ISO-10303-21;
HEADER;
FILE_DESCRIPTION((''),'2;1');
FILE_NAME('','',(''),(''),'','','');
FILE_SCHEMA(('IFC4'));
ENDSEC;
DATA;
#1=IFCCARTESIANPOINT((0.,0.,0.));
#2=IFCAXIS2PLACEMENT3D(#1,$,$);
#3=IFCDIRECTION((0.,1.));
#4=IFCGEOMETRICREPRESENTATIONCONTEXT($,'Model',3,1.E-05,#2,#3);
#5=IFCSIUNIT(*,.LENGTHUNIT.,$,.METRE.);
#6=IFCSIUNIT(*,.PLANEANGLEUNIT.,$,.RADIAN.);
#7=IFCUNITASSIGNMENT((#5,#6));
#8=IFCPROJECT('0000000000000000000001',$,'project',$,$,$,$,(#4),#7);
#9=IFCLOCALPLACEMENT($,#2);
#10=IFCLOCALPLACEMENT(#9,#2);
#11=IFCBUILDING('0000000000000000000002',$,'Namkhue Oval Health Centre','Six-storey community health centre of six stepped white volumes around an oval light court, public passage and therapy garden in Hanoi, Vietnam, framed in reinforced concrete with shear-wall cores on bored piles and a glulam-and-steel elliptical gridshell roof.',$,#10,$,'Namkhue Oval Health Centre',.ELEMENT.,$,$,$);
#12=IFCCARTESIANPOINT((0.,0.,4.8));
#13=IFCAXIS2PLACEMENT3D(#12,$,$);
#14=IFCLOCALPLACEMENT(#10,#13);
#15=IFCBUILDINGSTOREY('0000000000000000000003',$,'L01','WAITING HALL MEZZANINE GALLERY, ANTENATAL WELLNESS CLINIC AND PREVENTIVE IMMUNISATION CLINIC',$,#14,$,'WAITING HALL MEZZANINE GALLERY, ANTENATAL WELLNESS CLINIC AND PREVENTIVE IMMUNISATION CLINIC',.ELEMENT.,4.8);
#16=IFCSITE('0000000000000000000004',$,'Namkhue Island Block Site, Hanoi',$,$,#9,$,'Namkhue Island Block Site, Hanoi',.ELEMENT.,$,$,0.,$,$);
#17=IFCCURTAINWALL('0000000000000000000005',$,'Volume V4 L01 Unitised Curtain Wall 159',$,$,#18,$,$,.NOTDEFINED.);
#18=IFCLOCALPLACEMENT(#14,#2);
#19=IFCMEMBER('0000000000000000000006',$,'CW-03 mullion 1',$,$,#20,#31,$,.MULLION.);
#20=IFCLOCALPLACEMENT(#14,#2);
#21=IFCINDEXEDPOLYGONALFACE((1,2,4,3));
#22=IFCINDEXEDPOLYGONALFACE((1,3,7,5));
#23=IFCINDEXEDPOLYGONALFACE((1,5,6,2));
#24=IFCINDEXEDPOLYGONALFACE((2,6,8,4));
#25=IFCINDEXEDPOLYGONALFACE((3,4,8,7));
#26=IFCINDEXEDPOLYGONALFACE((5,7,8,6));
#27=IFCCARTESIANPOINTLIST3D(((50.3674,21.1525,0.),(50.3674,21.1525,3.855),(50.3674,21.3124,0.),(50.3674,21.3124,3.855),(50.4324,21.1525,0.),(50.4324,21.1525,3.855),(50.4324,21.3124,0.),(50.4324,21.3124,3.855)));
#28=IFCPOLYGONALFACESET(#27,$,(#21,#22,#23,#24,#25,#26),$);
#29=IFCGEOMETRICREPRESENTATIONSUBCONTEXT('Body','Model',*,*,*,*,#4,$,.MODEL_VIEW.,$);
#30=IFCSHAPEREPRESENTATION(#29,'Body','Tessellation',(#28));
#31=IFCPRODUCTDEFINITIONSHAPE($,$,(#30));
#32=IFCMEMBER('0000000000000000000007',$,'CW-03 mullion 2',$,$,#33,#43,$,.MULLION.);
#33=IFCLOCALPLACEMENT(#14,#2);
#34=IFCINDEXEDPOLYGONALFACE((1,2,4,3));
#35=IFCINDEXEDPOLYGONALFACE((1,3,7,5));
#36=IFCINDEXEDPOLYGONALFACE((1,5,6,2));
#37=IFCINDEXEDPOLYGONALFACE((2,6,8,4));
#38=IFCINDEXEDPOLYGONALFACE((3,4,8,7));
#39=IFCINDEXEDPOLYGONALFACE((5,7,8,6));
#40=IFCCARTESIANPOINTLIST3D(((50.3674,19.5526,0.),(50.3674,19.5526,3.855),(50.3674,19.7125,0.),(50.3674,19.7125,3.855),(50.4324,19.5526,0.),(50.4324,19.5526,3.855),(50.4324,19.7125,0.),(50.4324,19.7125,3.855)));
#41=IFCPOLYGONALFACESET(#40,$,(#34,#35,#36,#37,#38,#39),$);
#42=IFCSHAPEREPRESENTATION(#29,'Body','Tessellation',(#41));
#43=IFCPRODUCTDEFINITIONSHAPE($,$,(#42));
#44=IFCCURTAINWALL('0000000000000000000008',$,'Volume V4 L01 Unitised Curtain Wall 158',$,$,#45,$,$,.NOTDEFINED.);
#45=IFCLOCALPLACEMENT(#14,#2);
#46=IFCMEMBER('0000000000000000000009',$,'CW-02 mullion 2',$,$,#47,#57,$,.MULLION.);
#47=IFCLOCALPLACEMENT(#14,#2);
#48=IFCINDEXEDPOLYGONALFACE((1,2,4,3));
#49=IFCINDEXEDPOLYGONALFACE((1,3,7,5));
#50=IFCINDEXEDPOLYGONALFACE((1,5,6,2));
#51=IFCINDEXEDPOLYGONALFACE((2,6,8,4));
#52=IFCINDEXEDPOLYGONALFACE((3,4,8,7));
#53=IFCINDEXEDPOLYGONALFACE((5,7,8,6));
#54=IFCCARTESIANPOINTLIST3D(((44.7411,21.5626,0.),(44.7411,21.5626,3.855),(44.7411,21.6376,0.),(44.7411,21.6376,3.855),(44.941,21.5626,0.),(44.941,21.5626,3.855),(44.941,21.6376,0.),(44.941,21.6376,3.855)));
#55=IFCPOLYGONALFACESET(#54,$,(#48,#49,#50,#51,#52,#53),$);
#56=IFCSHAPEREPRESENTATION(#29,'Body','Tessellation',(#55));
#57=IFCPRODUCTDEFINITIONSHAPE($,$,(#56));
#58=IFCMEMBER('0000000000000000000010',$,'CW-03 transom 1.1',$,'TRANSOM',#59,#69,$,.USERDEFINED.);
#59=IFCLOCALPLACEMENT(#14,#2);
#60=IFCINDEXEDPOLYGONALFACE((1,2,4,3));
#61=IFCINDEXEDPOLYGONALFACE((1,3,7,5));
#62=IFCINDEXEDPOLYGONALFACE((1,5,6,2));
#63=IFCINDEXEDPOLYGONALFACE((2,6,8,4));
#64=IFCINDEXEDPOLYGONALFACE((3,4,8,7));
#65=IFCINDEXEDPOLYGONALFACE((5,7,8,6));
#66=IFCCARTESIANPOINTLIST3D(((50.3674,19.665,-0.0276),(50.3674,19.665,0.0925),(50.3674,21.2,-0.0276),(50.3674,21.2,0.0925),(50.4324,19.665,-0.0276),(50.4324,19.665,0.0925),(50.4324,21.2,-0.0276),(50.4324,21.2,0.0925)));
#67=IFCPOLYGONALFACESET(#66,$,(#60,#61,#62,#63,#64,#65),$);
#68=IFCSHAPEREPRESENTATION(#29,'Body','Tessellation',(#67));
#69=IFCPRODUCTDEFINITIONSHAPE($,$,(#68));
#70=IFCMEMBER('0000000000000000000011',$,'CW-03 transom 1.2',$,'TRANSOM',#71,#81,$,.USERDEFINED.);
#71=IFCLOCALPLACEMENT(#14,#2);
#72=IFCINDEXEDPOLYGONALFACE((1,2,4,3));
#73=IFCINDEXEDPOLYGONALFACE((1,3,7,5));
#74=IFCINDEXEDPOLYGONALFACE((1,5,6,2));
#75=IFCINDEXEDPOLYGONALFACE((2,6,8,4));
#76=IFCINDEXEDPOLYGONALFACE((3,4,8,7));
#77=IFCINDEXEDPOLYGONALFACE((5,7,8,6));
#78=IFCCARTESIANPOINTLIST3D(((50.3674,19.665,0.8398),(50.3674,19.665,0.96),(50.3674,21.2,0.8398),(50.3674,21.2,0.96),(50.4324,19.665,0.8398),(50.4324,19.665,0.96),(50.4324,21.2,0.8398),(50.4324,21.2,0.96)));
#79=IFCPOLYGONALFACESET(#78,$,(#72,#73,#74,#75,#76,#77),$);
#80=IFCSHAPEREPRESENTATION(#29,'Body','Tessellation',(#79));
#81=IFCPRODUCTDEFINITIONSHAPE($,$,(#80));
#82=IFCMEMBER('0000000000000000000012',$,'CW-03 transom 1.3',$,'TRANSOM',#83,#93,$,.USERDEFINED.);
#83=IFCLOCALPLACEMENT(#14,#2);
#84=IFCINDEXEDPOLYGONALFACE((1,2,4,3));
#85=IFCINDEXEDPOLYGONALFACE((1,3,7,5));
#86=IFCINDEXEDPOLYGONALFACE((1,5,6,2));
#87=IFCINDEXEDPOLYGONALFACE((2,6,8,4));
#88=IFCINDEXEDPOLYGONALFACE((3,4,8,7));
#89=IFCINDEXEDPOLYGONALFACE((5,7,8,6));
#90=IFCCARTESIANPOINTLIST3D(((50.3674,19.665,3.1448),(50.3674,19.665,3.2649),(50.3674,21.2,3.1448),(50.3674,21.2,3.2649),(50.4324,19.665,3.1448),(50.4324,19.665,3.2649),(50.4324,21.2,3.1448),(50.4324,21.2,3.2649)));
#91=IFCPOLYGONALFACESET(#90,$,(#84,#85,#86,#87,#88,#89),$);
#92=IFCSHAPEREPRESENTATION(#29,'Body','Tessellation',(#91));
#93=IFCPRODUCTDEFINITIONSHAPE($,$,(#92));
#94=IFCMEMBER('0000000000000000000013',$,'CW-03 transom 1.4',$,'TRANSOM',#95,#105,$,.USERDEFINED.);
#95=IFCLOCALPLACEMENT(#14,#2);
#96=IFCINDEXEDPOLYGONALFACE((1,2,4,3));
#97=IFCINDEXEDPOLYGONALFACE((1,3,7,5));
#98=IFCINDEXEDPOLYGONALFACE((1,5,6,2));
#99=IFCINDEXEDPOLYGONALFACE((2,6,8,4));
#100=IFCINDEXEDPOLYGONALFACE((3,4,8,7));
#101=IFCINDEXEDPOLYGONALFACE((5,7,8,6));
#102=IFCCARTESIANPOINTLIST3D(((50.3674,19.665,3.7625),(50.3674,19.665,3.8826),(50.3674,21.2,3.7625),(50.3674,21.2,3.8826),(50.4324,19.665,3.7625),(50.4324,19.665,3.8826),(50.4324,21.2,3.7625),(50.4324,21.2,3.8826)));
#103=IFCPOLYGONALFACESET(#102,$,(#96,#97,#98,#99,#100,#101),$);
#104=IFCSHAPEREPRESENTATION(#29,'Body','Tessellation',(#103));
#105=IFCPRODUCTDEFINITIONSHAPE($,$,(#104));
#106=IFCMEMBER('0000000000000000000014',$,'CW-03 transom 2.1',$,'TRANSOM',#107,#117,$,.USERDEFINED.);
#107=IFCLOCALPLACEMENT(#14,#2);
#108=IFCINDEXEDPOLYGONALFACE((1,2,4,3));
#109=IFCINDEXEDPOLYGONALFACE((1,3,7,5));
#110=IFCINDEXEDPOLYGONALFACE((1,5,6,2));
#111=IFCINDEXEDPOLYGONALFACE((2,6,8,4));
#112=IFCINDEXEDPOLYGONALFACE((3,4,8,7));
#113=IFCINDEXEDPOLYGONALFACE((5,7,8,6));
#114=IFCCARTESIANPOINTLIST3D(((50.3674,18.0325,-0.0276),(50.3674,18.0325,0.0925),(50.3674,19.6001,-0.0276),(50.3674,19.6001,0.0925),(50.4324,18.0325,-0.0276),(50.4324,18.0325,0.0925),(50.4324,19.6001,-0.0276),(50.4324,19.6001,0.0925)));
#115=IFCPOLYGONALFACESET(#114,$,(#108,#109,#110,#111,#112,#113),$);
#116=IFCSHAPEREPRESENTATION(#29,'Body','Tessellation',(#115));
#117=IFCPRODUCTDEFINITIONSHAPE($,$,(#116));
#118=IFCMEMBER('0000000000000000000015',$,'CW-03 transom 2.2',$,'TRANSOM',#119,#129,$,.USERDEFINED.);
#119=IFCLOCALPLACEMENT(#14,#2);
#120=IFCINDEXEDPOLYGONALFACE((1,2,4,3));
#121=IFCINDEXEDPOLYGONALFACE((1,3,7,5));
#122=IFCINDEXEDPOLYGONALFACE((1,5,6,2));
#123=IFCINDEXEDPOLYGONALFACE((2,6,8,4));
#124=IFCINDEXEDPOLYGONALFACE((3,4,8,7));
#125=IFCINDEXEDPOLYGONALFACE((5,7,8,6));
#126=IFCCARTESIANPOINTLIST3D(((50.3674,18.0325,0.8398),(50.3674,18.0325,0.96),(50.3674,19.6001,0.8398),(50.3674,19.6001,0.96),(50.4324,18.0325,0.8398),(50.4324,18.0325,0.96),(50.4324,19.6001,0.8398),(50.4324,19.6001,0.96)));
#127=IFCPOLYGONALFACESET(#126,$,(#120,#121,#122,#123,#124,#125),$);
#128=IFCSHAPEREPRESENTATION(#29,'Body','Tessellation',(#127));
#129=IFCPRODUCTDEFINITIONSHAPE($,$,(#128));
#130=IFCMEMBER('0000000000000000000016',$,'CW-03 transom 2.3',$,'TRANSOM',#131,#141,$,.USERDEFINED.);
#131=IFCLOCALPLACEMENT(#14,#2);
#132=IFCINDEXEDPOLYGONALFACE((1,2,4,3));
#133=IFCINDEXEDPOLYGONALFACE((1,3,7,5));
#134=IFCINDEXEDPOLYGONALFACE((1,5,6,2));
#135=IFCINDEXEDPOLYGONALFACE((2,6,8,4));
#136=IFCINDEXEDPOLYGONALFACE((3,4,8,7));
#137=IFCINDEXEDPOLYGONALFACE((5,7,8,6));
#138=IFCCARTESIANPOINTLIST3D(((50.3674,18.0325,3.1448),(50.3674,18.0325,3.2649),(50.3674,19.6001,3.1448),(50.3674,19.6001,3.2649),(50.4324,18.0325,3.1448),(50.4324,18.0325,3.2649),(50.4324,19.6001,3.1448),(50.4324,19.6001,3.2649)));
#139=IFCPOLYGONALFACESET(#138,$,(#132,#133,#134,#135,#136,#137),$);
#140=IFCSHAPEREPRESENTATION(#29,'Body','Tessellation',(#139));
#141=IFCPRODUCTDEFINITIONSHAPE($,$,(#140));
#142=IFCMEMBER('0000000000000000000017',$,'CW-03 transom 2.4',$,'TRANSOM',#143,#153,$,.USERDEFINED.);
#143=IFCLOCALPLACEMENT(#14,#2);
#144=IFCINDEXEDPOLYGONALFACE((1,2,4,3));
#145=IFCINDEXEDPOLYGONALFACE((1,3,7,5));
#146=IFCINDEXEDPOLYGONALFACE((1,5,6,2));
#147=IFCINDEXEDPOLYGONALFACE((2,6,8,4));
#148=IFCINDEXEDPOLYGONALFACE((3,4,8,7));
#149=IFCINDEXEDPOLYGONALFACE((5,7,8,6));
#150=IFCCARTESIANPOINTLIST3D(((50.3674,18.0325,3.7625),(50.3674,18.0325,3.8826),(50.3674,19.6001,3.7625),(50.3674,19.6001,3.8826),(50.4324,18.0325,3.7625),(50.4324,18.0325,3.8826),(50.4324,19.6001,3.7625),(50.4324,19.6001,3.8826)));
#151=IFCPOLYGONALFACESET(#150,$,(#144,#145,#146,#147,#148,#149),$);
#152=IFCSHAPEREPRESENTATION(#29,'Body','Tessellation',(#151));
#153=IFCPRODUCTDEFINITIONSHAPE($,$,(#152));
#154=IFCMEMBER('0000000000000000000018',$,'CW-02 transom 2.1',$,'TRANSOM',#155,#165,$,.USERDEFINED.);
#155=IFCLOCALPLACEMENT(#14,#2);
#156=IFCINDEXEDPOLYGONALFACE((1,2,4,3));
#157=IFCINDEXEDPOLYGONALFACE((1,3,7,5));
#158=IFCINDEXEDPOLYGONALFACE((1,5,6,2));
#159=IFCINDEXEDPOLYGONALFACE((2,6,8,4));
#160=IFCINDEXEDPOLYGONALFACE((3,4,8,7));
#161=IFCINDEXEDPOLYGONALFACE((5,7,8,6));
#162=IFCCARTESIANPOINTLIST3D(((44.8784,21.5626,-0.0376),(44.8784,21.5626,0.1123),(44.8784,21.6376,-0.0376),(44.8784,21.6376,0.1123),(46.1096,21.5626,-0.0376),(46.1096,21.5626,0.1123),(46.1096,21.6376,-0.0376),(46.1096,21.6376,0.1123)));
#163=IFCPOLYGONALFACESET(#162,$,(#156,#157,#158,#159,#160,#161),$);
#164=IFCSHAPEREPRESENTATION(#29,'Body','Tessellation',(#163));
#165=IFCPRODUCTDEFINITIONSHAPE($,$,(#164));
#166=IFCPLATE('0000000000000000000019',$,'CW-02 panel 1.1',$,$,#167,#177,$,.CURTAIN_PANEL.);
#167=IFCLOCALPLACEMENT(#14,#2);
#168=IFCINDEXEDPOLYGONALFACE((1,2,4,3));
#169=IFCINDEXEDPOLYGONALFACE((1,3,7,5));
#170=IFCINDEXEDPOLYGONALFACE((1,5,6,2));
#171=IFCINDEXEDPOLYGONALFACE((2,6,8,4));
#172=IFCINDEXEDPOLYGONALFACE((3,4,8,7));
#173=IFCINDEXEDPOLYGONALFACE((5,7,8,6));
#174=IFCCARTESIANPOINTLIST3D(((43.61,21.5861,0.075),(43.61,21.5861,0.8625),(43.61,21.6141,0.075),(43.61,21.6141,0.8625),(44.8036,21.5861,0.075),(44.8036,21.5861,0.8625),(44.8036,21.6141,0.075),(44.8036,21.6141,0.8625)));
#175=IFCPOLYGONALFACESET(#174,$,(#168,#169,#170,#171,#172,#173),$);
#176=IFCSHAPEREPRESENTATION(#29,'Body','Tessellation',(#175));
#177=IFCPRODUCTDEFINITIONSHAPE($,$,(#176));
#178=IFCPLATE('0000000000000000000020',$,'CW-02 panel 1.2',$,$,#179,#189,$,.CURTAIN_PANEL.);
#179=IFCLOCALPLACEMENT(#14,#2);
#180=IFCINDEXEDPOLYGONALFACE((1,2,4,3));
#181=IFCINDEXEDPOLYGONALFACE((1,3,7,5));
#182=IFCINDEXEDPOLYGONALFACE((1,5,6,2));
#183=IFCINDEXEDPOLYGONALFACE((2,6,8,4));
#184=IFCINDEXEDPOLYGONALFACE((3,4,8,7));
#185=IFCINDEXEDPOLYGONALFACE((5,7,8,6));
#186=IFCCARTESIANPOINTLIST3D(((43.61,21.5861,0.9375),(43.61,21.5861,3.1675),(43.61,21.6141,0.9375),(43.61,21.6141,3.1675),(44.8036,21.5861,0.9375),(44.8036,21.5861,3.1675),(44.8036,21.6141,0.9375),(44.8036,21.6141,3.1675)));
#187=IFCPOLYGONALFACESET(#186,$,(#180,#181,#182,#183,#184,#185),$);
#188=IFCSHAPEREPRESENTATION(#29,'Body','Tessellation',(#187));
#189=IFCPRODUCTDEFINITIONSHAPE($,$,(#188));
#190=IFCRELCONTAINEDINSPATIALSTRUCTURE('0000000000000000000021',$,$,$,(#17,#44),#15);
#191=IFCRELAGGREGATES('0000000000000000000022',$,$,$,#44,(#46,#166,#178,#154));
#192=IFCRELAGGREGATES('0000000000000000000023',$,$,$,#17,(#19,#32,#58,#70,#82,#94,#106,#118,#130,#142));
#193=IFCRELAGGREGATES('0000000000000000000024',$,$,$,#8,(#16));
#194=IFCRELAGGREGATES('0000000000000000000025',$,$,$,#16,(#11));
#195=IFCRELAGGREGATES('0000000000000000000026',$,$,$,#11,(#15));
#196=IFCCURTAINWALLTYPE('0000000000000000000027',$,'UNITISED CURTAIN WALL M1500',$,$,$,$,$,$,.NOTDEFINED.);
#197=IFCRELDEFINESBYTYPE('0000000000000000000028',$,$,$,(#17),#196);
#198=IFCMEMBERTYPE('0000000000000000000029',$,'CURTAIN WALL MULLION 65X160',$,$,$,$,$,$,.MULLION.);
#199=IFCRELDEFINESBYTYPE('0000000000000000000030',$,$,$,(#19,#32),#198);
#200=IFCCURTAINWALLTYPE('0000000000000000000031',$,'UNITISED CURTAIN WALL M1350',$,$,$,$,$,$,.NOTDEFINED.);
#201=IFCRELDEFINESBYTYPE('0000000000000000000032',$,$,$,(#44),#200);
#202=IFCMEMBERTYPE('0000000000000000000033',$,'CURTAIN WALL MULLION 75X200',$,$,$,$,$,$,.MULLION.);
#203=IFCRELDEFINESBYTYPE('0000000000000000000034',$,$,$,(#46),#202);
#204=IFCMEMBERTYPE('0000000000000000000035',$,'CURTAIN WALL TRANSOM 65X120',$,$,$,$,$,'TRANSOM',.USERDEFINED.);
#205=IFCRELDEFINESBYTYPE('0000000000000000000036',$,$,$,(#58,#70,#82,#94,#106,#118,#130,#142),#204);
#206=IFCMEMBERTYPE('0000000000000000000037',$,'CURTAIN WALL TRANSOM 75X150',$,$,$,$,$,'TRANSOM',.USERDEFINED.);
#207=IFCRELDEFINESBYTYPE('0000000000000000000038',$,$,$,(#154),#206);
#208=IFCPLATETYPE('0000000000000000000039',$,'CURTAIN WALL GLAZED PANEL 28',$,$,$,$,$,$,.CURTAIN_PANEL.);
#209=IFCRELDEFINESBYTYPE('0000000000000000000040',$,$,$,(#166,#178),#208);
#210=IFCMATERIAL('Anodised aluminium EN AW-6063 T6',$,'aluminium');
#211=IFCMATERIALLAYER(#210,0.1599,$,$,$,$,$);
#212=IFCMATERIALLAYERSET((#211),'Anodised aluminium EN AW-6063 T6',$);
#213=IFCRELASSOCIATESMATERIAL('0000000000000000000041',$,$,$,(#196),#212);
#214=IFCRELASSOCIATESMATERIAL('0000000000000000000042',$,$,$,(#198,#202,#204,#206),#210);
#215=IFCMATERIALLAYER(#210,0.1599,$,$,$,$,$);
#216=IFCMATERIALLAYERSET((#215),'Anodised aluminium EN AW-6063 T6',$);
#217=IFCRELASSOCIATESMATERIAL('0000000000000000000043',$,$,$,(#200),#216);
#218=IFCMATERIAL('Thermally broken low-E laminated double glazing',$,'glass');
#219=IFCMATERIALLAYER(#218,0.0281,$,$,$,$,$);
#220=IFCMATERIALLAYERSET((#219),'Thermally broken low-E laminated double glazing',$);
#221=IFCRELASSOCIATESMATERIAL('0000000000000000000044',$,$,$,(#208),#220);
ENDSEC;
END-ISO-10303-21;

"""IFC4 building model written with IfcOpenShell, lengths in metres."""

from ifc_helpers import new_model, si_unit, direction, frame, origin, origin_2d, place, context, subcontext, project, spatial, rectangle, extrude, material, layer, layer_set, material_profile, profile_set, type_object, element, aggregate, save


model = new_model("IFC4")

# Units and contexts
model_context = context("Model", 3, precision=1e-05, world=origin(), true_north=direction((0.0, 1.0)))
body_context = subcontext(model_context, "Body", "Model", "MODEL_VIEW")
ifc_project = project(units=[si_unit("LENGTHUNIT", "METRE"), si_unit("PLANEANGLEUNIT", "RADIAN")], contexts=[model_context])

# Site, building, storey
site_placement = place(None, origin())
site = spatial("IfcSite", under=ifc_project, at=site_placement, Name="Namkhue Island Block Site, Hanoi", LongName="Namkhue Island Block Site, Hanoi", CompositionType="ELEMENT", RefElevation=0.0)
building_placement = place(site_placement, origin())
building = spatial("IfcBuilding", under=site, at=building_placement, Name="Namkhue Oval Health Centre", Description="Six-storey community health centre of six stepped white volumes around an oval light court, public passage and therapy garden in Hanoi, Vietnam, framed in reinforced concrete with shear-wall cores on bored piles and a glulam-and-steel elliptical gridshell roof.", LongName="Namkhue Oval Health Centre", CompositionType="ELEMENT")
storey_placement = place(building_placement, frame((0.0, 0.0, 4.8)))
storey = spatial("IfcBuildingStorey", under=building, at=storey_placement, Name="L01", Description="WAITING HALL MEZZANINE GALLERY, ANTENATAL WELLNESS CLINIC AND PREVENTIVE IMMUNISATION CLINIC", LongName="WAITING HALL MEZZANINE GALLERY, ANTENATAL WELLNESS CLINIC AND PREVENTIVE IMMUNISATION CLINIC", CompositionType="ELEMENT", Elevation=4.8)

# Curtain wall, members
ifc_material_1 = material(Name="Anodised aluminium EN AW-6063 T6", Category="aluminium")
ifc_layer_1 = layer(ifc_material_1, 0.1599)
ifc_layer_set_1 = layer_set([ifc_layer_1], Name="Anodised aluminium EN AW-6063 T6")
curtain_wall_type_1 = type_object("IfcCurtainWallType", Name="UNITISED CURTAIN WALL M1500", PredefinedType="NOTDEFINED", material=ifc_layer_set_1)
curtain_wall_1_placement = place(storey_placement, origin())
curtain_wall_1 = element("IfcCurtainWall", 1, at=curtain_wall_1_placement, inside=storey, type_object=curtain_wall_type_1, Name="Volume V4 L01 Unitised Curtain Wall 159", PredefinedType="NOTDEFINED")
ifc_material_profile_1 = material_profile(ifc_material_1, rectangle(XDim=0.0649, YDim=0.1599, at=origin_2d()), Name="ALU 65x160")
ifc_profile_set_1 = profile_set([ifc_material_profile_1], Name="Anodised aluminium EN AW-6063 T6")
member_type_1 = type_object("IfcMemberType", Name="CURTAIN WALL MULLION 65X160", PredefinedType="MULLION", material=ifc_profile_set_1)
member_1_placement = place(storey_placement, frame((50.3999, 21.2324, 0.0), z_axis=(0.0, 0.0, 1.0), x_axis=(1.0, 0.0, 0.0)))
member_1 = element("IfcMember", 2, at=member_1_placement, type_object=member_type_1, Name="CW-03 mullion 1", PredefinedType="MULLION", context=body_context, shape_type="SweptSolid", body=[
    extrude(rectangle(XDim=0.0649, YDim=0.1599, at=origin_2d()), origin(), (0.0, 0.0, 1.0), 3.855),
])
member_2_placement = place(storey_placement, frame((50.3999, 19.6326, 0.0), z_axis=(0.0, 0.0, 1.0), x_axis=(1.0, 0.0, 0.0)))
member_2 = element("IfcMember", 3, at=member_2_placement, type_object=member_type_1, Name="CW-03 mullion 2", PredefinedType="MULLION", context=body_context, shape_type="SweptSolid", body=[
    extrude(rectangle(XDim=0.0649, YDim=0.1599, at=origin_2d()), origin(), (0.0, 0.0, 1.0), 3.855),
])

# Curtain wall, member
ifc_layer_2 = layer(ifc_material_1, 0.1599)
ifc_layer_set_2 = layer_set([ifc_layer_2], Name="Anodised aluminium EN AW-6063 T6")
curtain_wall_type_2 = type_object("IfcCurtainWallType", Name="UNITISED CURTAIN WALL M1350", PredefinedType="NOTDEFINED", material=ifc_layer_set_2)
curtain_wall_2_placement = place(storey_placement, origin())
curtain_wall_2 = element("IfcCurtainWall", 4, at=curtain_wall_2_placement, inside=storey, type_object=curtain_wall_type_2, Name="Volume V4 L01 Unitised Curtain Wall 158", PredefinedType="NOTDEFINED")
ifc_material_profile_2 = material_profile(ifc_material_1, rectangle(XDim=0.075, YDim=0.2, at=origin_2d()), Name="ALU 75x200")
ifc_profile_set_2 = profile_set([ifc_material_profile_2], Name="Anodised aluminium EN AW-6063 T6")
member_type_2 = type_object("IfcMemberType", Name="CURTAIN WALL MULLION 75X200", PredefinedType="MULLION", material=ifc_profile_set_2)
member_3_placement = place(storey_placement, frame((44.8411, 21.6001, 0.0), z_axis=(0.0, 0.0, 1.0), x_axis=(0.0, 1.0, 0.0)))
member_3 = element("IfcMember", 5, at=member_3_placement, type_object=member_type_2, Name="CW-02 mullion 2", PredefinedType="MULLION", context=body_context, shape_type="SweptSolid", body=[
    extrude(rectangle(XDim=0.075, YDim=0.2, at=origin_2d()), origin(), (0.0, 0.0, 1.0), 3.855),
])

# Members
ifc_material_profile_3 = material_profile(ifc_material_1, rectangle(XDim=0.0649, YDim=0.1201, at=origin_2d()), Name="ALU 65x120")
ifc_profile_set_3 = profile_set([ifc_material_profile_3], Name="Anodised aluminium EN AW-6063 T6")
member_type_3 = type_object("IfcMemberType", Name="CURTAIN WALL TRANSOM 65X120", ElementType="TRANSOM", PredefinedType="USERDEFINED", material=ifc_profile_set_3)
member_4_placement = place(storey_placement, frame((50.3999, 21.2, 0.0325), z_axis=(0.0, -1.0, 0.0), x_axis=(1.0, 0.0, 0.0)))
member_4 = element("IfcMember", 6, at=member_4_placement, type_object=member_type_3, Name="CW-03 transom 1.1", ObjectType="TRANSOM", PredefinedType="USERDEFINED", context=body_context, shape_type="SweptSolid", body=[
    extrude(rectangle(XDim=0.0649, YDim=0.1201, at=origin_2d()), origin(), (0.0, 0.0, 1.0), 1.5349),
])
member_5_placement = place(storey_placement, frame((50.3999, 21.2, 0.8999), z_axis=(0.0, -1.0, 0.0), x_axis=(1.0, 0.0, 0.0)))
member_5 = element("IfcMember", 7, at=member_5_placement, type_object=member_type_3, Name="CW-03 transom 1.2", ObjectType="TRANSOM", PredefinedType="USERDEFINED", context=body_context, shape_type="SweptSolid", body=[
    extrude(rectangle(XDim=0.0649, YDim=0.1201, at=origin_2d()), origin(), (0.0, 0.0, 1.0), 1.5349),
])
member_6_placement = place(storey_placement, frame((50.3999, 21.2, 3.2048), z_axis=(0.0, -1.0, 0.0), x_axis=(1.0, 0.0, 0.0)))
member_6 = element("IfcMember", 8, at=member_6_placement, type_object=member_type_3, Name="CW-03 transom 1.3", ObjectType="TRANSOM", PredefinedType="USERDEFINED", context=body_context, shape_type="SweptSolid", body=[
    extrude(rectangle(XDim=0.0649, YDim=0.1201, at=origin_2d()), origin(), (0.0, 0.0, 1.0), 1.5349),
])
member_7_placement = place(storey_placement, frame((50.3999, 21.2, 3.8225), z_axis=(0.0, -1.0, 0.0), x_axis=(1.0, 0.0, 0.0)))
member_7 = element("IfcMember", 9, at=member_7_placement, type_object=member_type_3, Name="CW-03 transom 1.4", ObjectType="TRANSOM", PredefinedType="USERDEFINED", context=body_context, shape_type="SweptSolid", body=[
    extrude(rectangle(XDim=0.0649, YDim=0.1201, at=origin_2d()), origin(), (0.0, 0.0, 1.0), 1.5349),
])
member_8_placement = place(storey_placement, frame((50.3999, 19.6001, 0.0325), z_axis=(0.0, -1.0, 0.0), x_axis=(1.0, 0.0, 0.0)))
member_8 = element("IfcMember", 10, at=member_8_placement, type_object=member_type_3, Name="CW-03 transom 2.1", ObjectType="TRANSOM", PredefinedType="USERDEFINED", context=body_context, shape_type="SweptSolid", body=[
    extrude(rectangle(XDim=0.0649, YDim=0.1201, at=origin_2d()), origin(), (0.0, 0.0, 1.0), 1.5676),
])
member_9_placement = place(storey_placement, frame((50.3999, 19.6001, 0.8999), z_axis=(0.0, -1.0, 0.0), x_axis=(1.0, 0.0, 0.0)))
member_9 = element("IfcMember", 11, at=member_9_placement, type_object=member_type_3, Name="CW-03 transom 2.2", ObjectType="TRANSOM", PredefinedType="USERDEFINED", context=body_context, shape_type="SweptSolid", body=[
    extrude(rectangle(XDim=0.0649, YDim=0.1201, at=origin_2d()), origin(), (0.0, 0.0, 1.0), 1.5676),
])
member_10_placement = place(storey_placement, frame((50.3999, 19.6001, 3.2048), z_axis=(0.0, -1.0, 0.0), x_axis=(1.0, 0.0, 0.0)))
member_10 = element("IfcMember", 12, at=member_10_placement, type_object=member_type_3, Name="CW-03 transom 2.3", ObjectType="TRANSOM", PredefinedType="USERDEFINED", context=body_context, shape_type="SweptSolid", body=[
    extrude(rectangle(XDim=0.0649, YDim=0.1201, at=origin_2d()), origin(), (0.0, 0.0, 1.0), 1.5676),
])
member_11_placement = place(storey_placement, frame((50.3999, 19.6001, 3.8225), z_axis=(0.0, -1.0, 0.0), x_axis=(1.0, 0.0, 0.0)))
member_11 = element("IfcMember", 13, at=member_11_placement, type_object=member_type_3, Name="CW-03 transom 2.4", ObjectType="TRANSOM", PredefinedType="USERDEFINED", context=body_context, shape_type="SweptSolid", body=[
    extrude(rectangle(XDim=0.0649, YDim=0.1201, at=origin_2d()), origin(), (0.0, 0.0, 1.0), 1.5676),
])
ifc_material_profile_4 = material_profile(ifc_material_1, rectangle(XDim=0.075, YDim=0.1499, at=origin_2d()), Name="ALU 75x150")
ifc_profile_set_4 = profile_set([ifc_material_profile_4], Name="Anodised aluminium EN AW-6063 T6")
member_type_4 = type_object("IfcMemberType", Name="CURTAIN WALL TRANSOM 75X150", ElementType="TRANSOM", PredefinedType="USERDEFINED", material=ifc_profile_set_4)
member_12_placement = place(storey_placement, frame((44.8784, 21.6001, 0.0374), z_axis=(1.0, 0.0, 0.0), x_axis=(0.0, 1.0, 0.0)))
member_12 = element("IfcMember", 14, at=member_12_placement, type_object=member_type_4, Name="CW-02 transom 2.1", ObjectType="TRANSOM", PredefinedType="USERDEFINED", context=body_context, shape_type="SweptSolid", body=[
    extrude(rectangle(XDim=0.075, YDim=0.1499, at=origin_2d()), origin(), (0.0, 0.0, 1.0), 1.2312),
])

# Plates
ifc_material_2 = material(Name="Thermally broken low-E laminated double glazing", Category="glass")
ifc_layer_3 = layer(ifc_material_2, 0.0281)
ifc_layer_set_3 = layer_set([ifc_layer_3], Name="Thermally broken low-E laminated double glazing")
plate_type_1 = type_object("IfcPlateType", Name="CURTAIN WALL GLAZED PANEL 28", PredefinedType="CURTAIN_PANEL", material=ifc_layer_set_3)
plate_1_placement = place(storey_placement, frame((44.2068, 21.6001, 0.075), z_axis=(0.0, 0.0, 1.0), x_axis=(1.0, 0.0, 0.0)))
plate_1 = element("IfcPlate", 15, at=plate_1_placement, type_object=plate_type_1, Name="CW-02 panel 1.1", PredefinedType="CURTAIN_PANEL", context=body_context, shape_type="SweptSolid", body=[
    extrude(rectangle(XDim=1.1936, YDim=0.0281, at=origin_2d()), origin(), (0.0, 0.0, 1.0), 0.7876),
])
plate_2_placement = place(storey_placement, frame((44.2068, 21.6001, 0.9375), z_axis=(0.0, 0.0, 1.0), x_axis=(1.0, 0.0, 0.0)))
plate_2 = element("IfcPlate", 16, at=plate_2_placement, type_object=plate_type_1, Name="CW-02 panel 1.2", PredefinedType="CURTAIN_PANEL", context=body_context, shape_type="SweptSolid", body=[
    extrude(rectangle(XDim=1.1936, YDim=0.0281, at=origin_2d()), origin(), (0.0, 0.0, 1.0), 2.23),
])
aggregate(curtain_wall_2, [member_3, plate_1, plate_2, member_12])
aggregate(curtain_wall_1, [member_1, member_2, member_4, member_5, member_6, member_7, member_8, member_9, member_10, member_11])

save(model, "model.ifc")
